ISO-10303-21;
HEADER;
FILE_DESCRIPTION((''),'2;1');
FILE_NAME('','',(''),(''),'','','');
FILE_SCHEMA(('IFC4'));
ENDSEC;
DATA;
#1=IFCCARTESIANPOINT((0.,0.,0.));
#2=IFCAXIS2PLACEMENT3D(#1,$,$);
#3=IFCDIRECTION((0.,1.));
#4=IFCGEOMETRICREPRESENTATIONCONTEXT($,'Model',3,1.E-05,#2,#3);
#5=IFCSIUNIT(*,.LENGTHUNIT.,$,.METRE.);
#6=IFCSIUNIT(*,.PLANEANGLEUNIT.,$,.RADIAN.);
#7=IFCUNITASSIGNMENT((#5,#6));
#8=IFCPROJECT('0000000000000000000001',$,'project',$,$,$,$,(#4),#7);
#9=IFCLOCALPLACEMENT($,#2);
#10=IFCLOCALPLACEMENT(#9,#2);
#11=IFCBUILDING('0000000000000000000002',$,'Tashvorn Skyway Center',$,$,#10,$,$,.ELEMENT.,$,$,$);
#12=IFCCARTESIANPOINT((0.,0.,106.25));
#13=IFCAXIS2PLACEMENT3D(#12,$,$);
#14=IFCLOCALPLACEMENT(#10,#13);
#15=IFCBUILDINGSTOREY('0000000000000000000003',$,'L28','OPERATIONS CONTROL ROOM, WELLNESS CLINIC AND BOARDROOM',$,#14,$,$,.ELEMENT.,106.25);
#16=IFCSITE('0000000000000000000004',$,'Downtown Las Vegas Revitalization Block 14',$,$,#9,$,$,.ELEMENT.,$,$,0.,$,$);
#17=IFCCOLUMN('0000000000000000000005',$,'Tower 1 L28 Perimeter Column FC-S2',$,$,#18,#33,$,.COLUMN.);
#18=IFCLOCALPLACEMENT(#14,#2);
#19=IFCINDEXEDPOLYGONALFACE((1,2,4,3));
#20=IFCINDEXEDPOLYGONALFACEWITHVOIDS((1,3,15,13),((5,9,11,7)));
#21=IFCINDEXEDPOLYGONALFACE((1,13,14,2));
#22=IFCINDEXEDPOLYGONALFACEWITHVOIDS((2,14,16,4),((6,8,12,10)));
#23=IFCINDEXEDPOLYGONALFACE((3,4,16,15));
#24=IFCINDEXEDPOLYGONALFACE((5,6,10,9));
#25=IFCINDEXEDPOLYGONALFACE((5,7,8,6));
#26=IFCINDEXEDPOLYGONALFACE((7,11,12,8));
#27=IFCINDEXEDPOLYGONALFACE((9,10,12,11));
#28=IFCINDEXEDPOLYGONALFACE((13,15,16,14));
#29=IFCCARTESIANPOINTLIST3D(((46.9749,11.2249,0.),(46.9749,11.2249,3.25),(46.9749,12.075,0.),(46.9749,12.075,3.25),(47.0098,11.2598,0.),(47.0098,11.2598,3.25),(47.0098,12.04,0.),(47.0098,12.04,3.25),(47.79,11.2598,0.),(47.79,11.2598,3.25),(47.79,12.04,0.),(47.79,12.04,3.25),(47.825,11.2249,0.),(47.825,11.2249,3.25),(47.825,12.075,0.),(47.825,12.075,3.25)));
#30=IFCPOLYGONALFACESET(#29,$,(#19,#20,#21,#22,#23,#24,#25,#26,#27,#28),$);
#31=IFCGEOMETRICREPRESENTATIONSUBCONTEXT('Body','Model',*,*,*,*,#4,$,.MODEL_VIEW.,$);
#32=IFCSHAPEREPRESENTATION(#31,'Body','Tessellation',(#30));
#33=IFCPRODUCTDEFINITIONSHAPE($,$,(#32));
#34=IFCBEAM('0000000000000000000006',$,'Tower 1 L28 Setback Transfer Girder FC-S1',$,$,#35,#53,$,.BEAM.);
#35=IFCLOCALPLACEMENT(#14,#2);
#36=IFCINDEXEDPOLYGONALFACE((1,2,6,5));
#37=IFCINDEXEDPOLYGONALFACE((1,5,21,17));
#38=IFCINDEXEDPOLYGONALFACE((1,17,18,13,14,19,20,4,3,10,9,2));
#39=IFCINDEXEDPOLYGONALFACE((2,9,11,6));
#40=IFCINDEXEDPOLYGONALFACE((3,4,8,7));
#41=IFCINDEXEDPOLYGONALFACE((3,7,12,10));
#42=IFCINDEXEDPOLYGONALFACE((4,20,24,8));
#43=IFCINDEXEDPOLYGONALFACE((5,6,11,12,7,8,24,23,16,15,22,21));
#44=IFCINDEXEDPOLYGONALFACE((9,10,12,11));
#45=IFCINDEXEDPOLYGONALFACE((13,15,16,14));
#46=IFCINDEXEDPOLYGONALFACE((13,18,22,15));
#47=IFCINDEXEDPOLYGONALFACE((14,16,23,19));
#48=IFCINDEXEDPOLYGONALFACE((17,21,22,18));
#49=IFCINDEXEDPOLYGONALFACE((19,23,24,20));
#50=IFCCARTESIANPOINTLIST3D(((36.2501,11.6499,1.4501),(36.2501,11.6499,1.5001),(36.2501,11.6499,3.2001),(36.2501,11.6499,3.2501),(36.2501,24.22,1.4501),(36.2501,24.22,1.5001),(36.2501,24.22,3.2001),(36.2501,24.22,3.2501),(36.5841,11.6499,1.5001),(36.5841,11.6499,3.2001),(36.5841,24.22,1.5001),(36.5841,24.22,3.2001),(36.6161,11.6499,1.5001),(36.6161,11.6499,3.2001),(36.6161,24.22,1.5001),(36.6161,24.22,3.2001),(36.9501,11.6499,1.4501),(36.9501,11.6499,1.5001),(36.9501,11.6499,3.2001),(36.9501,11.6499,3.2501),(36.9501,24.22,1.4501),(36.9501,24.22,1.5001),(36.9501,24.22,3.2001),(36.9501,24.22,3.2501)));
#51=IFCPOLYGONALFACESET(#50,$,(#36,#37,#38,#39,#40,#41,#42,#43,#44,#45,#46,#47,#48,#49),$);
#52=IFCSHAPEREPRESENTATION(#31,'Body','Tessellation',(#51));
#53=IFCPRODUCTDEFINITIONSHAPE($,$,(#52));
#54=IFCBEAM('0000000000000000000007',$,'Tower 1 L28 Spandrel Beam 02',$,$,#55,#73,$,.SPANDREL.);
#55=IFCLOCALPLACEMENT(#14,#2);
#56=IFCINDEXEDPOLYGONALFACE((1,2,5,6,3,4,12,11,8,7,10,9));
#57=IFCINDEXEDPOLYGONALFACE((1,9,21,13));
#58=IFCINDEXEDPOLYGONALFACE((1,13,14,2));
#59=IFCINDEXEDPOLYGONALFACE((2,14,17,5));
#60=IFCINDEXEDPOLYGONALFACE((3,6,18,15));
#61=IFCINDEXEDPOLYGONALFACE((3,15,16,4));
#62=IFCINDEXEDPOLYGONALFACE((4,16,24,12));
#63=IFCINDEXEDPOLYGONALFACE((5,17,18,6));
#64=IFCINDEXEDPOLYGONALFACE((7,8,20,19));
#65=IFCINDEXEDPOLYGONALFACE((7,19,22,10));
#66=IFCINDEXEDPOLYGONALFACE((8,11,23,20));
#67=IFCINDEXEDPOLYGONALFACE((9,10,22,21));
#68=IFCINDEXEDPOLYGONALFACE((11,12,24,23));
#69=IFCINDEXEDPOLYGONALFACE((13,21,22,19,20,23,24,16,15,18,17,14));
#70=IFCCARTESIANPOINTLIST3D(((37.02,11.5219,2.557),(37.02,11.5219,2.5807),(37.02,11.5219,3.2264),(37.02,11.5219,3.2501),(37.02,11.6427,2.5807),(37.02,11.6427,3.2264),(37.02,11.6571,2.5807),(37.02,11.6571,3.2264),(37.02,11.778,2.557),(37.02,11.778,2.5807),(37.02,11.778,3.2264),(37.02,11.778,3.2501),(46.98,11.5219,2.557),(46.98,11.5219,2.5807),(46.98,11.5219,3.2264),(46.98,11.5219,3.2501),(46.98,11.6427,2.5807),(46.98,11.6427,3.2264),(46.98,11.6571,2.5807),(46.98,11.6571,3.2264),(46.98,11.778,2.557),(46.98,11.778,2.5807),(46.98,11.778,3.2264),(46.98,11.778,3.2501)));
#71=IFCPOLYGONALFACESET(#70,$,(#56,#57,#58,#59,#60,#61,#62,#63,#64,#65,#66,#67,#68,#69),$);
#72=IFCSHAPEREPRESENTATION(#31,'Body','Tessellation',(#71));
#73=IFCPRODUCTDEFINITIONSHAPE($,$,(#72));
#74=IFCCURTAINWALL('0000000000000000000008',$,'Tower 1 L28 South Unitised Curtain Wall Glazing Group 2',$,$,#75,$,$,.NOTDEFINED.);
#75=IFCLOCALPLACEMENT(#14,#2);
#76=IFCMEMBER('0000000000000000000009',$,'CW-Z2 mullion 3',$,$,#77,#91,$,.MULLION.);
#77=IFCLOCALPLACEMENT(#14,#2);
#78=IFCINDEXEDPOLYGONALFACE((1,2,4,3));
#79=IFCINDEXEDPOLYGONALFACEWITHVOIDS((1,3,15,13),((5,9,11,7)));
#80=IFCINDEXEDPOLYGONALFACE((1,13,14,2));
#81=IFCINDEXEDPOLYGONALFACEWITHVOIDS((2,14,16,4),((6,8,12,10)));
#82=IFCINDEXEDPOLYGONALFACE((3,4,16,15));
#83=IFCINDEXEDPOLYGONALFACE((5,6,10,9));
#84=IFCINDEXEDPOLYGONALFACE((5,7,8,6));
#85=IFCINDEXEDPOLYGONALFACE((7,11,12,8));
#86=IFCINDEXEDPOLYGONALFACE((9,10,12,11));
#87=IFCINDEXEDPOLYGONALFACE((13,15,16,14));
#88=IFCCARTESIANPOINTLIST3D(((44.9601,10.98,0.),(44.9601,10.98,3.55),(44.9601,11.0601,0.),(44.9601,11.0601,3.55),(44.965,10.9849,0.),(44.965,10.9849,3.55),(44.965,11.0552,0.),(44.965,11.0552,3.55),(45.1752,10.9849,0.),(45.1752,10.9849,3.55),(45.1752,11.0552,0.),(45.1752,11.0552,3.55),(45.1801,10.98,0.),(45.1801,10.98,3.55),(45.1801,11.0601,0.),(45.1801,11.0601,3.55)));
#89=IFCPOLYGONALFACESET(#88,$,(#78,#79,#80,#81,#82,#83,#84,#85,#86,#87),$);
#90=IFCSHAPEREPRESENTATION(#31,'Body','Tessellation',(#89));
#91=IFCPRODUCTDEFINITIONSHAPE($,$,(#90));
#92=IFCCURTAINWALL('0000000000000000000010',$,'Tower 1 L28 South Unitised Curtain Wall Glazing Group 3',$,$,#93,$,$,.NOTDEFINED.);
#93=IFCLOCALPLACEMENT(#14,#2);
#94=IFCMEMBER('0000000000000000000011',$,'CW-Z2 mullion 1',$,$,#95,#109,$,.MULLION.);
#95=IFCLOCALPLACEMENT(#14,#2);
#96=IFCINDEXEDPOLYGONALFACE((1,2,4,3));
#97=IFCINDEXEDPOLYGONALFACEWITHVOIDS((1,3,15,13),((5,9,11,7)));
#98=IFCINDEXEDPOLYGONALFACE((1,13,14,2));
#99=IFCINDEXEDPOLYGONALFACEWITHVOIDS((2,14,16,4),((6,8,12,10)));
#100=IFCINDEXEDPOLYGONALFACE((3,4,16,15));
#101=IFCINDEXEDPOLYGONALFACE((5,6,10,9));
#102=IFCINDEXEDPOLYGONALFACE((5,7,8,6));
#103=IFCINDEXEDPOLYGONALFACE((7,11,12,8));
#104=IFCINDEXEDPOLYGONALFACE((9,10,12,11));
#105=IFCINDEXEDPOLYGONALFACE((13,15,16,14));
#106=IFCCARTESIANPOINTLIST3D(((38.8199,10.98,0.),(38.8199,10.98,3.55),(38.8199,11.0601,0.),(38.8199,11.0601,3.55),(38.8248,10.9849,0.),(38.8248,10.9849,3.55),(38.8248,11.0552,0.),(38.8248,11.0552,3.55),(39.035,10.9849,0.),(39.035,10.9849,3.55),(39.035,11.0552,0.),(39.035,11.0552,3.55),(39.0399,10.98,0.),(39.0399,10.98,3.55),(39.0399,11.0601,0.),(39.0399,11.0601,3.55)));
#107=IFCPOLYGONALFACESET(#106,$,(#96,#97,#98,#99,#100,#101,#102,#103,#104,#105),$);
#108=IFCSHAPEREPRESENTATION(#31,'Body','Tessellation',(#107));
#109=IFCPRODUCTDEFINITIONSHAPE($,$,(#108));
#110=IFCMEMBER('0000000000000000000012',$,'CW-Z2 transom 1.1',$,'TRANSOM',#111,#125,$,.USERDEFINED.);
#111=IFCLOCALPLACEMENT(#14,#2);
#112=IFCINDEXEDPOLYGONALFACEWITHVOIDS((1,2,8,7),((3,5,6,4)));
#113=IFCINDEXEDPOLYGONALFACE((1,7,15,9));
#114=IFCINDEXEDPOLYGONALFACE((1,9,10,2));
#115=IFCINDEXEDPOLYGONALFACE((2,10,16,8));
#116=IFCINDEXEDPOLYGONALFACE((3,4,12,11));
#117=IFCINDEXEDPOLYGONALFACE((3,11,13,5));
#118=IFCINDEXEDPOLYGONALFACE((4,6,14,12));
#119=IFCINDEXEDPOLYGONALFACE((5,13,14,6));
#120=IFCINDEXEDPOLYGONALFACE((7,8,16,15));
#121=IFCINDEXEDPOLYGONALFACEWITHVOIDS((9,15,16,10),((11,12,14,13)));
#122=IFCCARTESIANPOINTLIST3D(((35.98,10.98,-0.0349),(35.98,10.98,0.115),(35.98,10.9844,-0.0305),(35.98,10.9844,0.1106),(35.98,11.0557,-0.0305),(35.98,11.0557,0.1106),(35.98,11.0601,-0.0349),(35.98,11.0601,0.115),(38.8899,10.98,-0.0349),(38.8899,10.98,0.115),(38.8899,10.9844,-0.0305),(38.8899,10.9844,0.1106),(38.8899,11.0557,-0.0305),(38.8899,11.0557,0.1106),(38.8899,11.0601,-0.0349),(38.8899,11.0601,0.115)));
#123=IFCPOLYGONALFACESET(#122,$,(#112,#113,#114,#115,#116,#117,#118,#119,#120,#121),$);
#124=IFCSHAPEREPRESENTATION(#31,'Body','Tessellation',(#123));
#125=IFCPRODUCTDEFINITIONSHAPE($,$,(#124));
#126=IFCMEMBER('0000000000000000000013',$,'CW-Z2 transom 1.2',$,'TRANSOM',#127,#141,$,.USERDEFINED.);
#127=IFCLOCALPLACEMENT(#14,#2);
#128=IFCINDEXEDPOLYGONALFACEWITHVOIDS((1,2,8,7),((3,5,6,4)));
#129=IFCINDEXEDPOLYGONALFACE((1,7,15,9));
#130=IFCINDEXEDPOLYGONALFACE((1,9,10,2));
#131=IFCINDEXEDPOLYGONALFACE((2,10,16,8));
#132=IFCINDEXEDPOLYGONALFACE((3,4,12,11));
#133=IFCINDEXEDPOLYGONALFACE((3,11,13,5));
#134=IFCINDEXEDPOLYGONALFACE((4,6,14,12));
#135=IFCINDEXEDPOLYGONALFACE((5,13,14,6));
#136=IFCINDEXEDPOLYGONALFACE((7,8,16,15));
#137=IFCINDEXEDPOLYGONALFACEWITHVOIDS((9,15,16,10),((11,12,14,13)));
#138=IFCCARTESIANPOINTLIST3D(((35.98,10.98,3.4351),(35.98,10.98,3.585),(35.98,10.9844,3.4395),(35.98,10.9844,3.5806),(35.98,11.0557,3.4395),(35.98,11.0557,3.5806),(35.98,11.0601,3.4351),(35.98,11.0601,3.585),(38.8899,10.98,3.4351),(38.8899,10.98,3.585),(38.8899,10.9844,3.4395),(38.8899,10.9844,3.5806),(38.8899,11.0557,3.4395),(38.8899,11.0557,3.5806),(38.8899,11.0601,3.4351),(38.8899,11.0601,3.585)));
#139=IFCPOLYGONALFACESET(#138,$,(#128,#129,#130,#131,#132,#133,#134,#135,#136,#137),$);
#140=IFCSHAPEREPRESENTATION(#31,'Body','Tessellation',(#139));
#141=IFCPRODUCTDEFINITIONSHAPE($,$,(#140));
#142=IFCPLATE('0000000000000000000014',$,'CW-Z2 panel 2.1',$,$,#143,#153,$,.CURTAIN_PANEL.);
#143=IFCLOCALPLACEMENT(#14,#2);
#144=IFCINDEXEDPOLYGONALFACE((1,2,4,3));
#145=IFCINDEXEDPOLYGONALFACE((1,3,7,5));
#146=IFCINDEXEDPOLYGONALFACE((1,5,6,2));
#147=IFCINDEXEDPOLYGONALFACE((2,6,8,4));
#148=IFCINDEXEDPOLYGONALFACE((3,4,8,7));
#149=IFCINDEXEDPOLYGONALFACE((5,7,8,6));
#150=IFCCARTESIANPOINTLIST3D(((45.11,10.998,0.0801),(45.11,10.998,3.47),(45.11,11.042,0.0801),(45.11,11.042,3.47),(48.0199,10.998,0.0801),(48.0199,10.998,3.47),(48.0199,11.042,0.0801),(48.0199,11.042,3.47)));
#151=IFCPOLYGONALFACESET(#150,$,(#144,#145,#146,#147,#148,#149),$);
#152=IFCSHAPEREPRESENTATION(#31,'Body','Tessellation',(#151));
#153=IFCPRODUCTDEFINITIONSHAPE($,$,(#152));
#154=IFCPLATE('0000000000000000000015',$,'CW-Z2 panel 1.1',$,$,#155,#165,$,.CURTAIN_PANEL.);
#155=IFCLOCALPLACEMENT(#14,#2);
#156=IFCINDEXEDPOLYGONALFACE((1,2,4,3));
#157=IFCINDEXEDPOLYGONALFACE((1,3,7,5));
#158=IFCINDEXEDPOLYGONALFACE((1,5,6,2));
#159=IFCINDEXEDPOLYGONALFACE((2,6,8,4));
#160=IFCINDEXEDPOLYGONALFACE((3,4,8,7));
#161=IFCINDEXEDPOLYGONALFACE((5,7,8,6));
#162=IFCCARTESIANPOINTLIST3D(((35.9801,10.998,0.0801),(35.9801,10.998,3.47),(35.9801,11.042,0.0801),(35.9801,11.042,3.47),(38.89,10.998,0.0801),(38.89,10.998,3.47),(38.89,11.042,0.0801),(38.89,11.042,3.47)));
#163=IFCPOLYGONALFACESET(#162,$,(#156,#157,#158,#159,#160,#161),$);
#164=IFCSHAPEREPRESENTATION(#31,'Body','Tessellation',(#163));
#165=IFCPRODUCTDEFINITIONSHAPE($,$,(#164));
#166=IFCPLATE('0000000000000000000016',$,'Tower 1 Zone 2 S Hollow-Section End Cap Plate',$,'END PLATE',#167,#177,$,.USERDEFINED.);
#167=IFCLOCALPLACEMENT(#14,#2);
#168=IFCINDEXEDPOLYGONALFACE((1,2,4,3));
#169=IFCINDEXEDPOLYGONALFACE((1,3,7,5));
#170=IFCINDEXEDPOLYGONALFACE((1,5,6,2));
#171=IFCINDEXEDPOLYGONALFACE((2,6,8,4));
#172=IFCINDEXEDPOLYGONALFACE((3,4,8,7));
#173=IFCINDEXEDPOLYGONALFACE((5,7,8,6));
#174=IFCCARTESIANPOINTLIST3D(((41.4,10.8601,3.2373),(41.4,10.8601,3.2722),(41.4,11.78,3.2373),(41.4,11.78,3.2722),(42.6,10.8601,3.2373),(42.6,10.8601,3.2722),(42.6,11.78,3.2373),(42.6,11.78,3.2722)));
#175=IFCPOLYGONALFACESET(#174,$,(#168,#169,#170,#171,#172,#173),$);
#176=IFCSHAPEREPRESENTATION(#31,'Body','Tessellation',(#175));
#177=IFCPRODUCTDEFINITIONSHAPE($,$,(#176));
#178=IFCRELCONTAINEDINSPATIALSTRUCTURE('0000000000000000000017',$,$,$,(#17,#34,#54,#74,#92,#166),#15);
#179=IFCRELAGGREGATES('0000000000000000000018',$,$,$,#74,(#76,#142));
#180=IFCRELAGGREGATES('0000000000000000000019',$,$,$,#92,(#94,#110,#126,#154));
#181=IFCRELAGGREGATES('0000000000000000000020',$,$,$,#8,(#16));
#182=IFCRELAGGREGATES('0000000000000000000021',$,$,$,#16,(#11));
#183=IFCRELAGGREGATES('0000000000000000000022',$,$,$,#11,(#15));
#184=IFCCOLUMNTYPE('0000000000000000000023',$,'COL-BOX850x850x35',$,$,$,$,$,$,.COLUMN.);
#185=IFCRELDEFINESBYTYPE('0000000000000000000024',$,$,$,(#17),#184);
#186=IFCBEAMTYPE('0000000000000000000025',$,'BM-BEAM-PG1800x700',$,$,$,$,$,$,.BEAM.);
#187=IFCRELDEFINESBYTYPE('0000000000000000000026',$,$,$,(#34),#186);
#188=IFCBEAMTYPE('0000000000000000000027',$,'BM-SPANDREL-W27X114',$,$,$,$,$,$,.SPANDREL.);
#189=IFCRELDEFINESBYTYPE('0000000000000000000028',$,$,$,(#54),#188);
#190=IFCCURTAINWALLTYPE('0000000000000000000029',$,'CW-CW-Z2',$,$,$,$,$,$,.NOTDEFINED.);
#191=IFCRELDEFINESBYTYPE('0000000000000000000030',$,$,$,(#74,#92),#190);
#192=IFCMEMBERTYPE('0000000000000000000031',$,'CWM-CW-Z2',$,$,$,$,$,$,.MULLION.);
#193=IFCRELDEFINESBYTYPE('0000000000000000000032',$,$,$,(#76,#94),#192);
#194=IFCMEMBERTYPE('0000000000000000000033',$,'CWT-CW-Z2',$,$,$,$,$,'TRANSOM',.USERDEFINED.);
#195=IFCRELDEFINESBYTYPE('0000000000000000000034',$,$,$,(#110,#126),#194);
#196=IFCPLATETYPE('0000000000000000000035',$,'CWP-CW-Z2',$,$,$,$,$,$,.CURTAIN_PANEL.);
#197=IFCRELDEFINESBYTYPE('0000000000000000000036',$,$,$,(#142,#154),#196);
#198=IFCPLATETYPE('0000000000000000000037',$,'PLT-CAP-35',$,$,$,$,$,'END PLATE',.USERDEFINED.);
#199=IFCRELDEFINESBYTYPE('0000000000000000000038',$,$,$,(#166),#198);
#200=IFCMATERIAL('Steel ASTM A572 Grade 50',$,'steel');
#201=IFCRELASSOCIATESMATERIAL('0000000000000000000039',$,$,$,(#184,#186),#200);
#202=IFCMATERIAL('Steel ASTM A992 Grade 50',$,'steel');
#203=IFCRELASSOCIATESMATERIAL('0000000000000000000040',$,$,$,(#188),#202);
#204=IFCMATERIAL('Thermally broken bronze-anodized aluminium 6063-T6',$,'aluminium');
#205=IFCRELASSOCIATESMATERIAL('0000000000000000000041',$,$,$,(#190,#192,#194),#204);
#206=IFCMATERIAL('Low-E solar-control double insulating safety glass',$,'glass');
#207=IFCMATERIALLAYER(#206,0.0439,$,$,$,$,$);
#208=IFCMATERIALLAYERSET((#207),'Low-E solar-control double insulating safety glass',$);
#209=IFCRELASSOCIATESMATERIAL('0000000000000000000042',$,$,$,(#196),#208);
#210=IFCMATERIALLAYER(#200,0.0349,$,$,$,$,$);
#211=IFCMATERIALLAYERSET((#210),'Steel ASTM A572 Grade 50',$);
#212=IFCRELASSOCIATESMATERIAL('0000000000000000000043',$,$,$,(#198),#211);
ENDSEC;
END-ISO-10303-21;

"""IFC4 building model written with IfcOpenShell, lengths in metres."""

from ifc_helpers import new_model, si_unit, direction, frame, origin, origin_2d, place, context, subcontext, project, spatial, rectangle, hollow_rectangle, i_section, extrude, material, layer, layer_set, material_profile, profile_set, type_object, element, aggregate, save


model = new_model("IFC4")

# Units and contexts
model_context = context("Model", 3, precision=1e-05, world=origin(), true_north=direction((0.0, 1.0)))
body_context = subcontext(model_context, "Body", "Model", "MODEL_VIEW")
ifc_project = project(units=[si_unit("LENGTHUNIT", "METRE"), si_unit("PLANEANGLEUNIT", "RADIAN")], contexts=[model_context])

# Site, building, storey
site_placement = place(None, origin())
site = spatial("IfcSite", under=ifc_project, at=site_placement, Name="Downtown Las Vegas Revitalization Block 14", CompositionType="ELEMENT", RefElevation=0.0)
building_placement = place(site_placement, origin())
building = spatial("IfcBuilding", under=site, at=building_placement, Name="Tashvorn Skyway Center", CompositionType="ELEMENT")
storey_placement = place(building_placement, frame((0.0, 0.0, 106.25)))
storey = spatial("IfcBuildingStorey", under=building, at=storey_placement, Name="L28", Description="OPERATIONS CONTROL ROOM, WELLNESS CLINIC AND BOARDROOM", CompositionType="ELEMENT", Elevation=106.25)

# Column
ifc_material_1 = material(Name="Steel ASTM A572 Grade 50", Category="steel")
ifc_material_profile_1 = material_profile(ifc_material_1, hollow_rectangle(XDim=0.8501, YDim=0.8501, WallThickness=0.0349, at=origin_2d()), Name="BOX850x850x35")
ifc_profile_set_1 = profile_set([ifc_material_profile_1], Name="Steel ASTM A572 Grade 50")
column_type = type_object("IfcColumnType", Name="COL-BOX850x850x35", PredefinedType="COLUMN", material=ifc_profile_set_1)
column_placement = place(storey_placement, frame((47.3999, 11.6499, 0.0), z_axis=(0.0, 0.0, 1.0), x_axis=(1.0, 0.0, 0.0)))
element("IfcColumn", 1, at=column_placement, inside=storey, type_object=column_type, Name="Tower 1 L28 Perimeter Column FC-S2", PredefinedType="COLUMN", context=body_context, shape_type="SweptSolid", body=[
    extrude(hollow_rectangle(XDim=0.8501, YDim=0.8501, WallThickness=0.0349, at=origin_2d()), origin(), (0.0, 0.0, 1.0), 3.25),
])

# Beams
ifc_material_profile_2 = material_profile(ifc_material_1, i_section(OverallWidth=0.7, OverallDepth=1.8, WebThickness=0.032, FlangeThickness=0.05, at=origin_2d()), Name="PG1800x700")
ifc_profile_set_2 = profile_set([ifc_material_profile_2], Name="Steel ASTM A572 Grade 50")
beam_type_1 = type_object("IfcBeamType", Name="BM-BEAM-PG1800x700", PredefinedType="BEAM", material=ifc_profile_set_2)
beam_1_placement = place(storey_placement, frame((36.6001, 11.6499, 2.3501), z_axis=(0.0, 1.0, 0.0), x_axis=(-1.0, 0.0, 0.0)))
element("IfcBeam", 2, at=beam_1_placement, inside=storey, type_object=beam_type_1, Name="Tower 1 L28 Setback Transfer Girder FC-S1", PredefinedType="BEAM", context=body_context, shape_type="SweptSolid", body=[
    extrude(i_section(OverallWidth=0.7, OverallDepth=1.8, WebThickness=0.032, FlangeThickness=0.05, at=origin_2d()), origin(), (0.0, 0.0, 1.0), 12.5701),
])
ifc_material_2 = material(Name="Steel ASTM A992 Grade 50", Category="steel")
ifc_material_profile_3 = material_profile(ifc_material_2, i_section(OverallWidth=0.2561, OverallDepth=0.6931, WebThickness=0.0144, FlangeThickness=0.0237, at=origin_2d()), Name="W27X114")
ifc_profile_set_3 = profile_set([ifc_material_profile_3], Name="Steel ASTM A992 Grade 50")
beam_type_2 = type_object("IfcBeamType", Name="BM-SPANDREL-W27X114", PredefinedType="SPANDREL", material=ifc_profile_set_3)
beam_2_placement = place(storey_placement, frame((37.02, 11.6499, 2.9036), z_axis=(1.0, 0.0, 0.0), x_axis=(0.0, 1.0, 0.0)))
element("IfcBeam", 3, at=beam_2_placement, inside=storey, type_object=beam_type_2, Name="Tower 1 L28 Spandrel Beam 02", PredefinedType="SPANDREL", context=body_context, shape_type="SweptSolid", body=[
    extrude(i_section(OverallWidth=0.2561, OverallDepth=0.6931, WebThickness=0.0144, FlangeThickness=0.0237, at=origin_2d()), origin(), (0.0, 0.0, 1.0), 9.96),
])

# Curtain wall, member
ifc_material_3 = material(Name="Thermally broken bronze-anodized aluminium 6063-T6", Category="aluminium")
curtain_wall_type = type_object("IfcCurtainWallType", Name="CW-CW-Z2", PredefinedType="NOTDEFINED", material=ifc_material_3)
curtain_wall_1_placement = place(storey_placement, origin())
curtain_wall_1 = element("IfcCurtainWall", 4, at=curtain_wall_1_placement, inside=storey, type_object=curtain_wall_type, Name="Tower 1 L28 South Unitised Curtain Wall Glazing Group 2", PredefinedType="NOTDEFINED")
ifc_material_profile_4 = material_profile(ifc_material_3, hollow_rectangle(XDim=0.0801, YDim=0.22, WallThickness=0.0049, at=origin_2d()), Name="ALU-MULL-80x220")
ifc_profile_set_4 = profile_set([ifc_material_profile_4], Name="Thermally broken bronze-anodized aluminium 6063-T6")
member_type_1 = type_object("IfcMemberType", Name="CWM-CW-Z2", PredefinedType="MULLION", material=ifc_profile_set_4)
member_1_placement = place(storey_placement, frame((45.0701, 11.02, 0.0), z_axis=(0.0, 0.0, 1.0), x_axis=(0.0, -1.0, 0.0)))
member_1 = element("IfcMember", 5, at=member_1_placement, type_object=member_type_1, Name="CW-Z2 mullion 3", PredefinedType="MULLION", context=body_context, shape_type="SweptSolid", body=[
    extrude(hollow_rectangle(XDim=0.0801, YDim=0.22, WallThickness=0.0049, at=origin_2d()), origin(), (0.0, 0.0, 1.0), 3.55),
])

# Curtain wall, members
curtain_wall_2_placement = place(storey_placement, origin())
curtain_wall_2 = element("IfcCurtainWall", 6, at=curtain_wall_2_placement, inside=storey, type_object=curtain_wall_type, Name="Tower 1 L28 South Unitised Curtain Wall Glazing Group 3", PredefinedType="NOTDEFINED")
member_2_placement = place(storey_placement, frame((38.9299, 11.02, 0.0), z_axis=(0.0, 0.0, 1.0), x_axis=(0.0, -1.0, 0.0)))
member_2 = element("IfcMember", 7, at=member_2_placement, type_object=member_type_1, Name="CW-Z2 mullion 1", PredefinedType="MULLION", context=body_context, shape_type="SweptSolid", body=[
    extrude(hollow_rectangle(XDim=0.0801, YDim=0.22, WallThickness=0.0049, at=origin_2d()), origin(), (0.0, 0.0, 1.0), 3.55),
])
ifc_material_profile_5 = material_profile(ifc_material_3, hollow_rectangle(XDim=0.0801, YDim=0.1499, WallThickness=0.0044, at=origin_2d()), Name="ALU-TRAN-80x150")
ifc_profile_set_5 = profile_set([ifc_material_profile_5], Name="Thermally broken bronze-anodized aluminium 6063-T6")
member_type_2 = type_object("IfcMemberType", Name="CWT-CW-Z2", ElementType="TRANSOM", PredefinedType="USERDEFINED", material=ifc_profile_set_5)
member_3_placement = place(storey_placement, frame((38.8899, 11.02, 0.04), z_axis=(-1.0, 0.0, 0.0), x_axis=(0.0, -1.0, 0.0)))
member_3 = element("IfcMember", 8, at=member_3_placement, type_object=member_type_2, Name="CW-Z2 transom 1.1", ObjectType="TRANSOM", PredefinedType="USERDEFINED", context=body_context, shape_type="SweptSolid", body=[
    extrude(hollow_rectangle(XDim=0.0801, YDim=0.1499, WallThickness=0.0044, at=origin_2d()), origin(), (0.0, 0.0, 1.0), 2.9099),
])
member_4_placement = place(storey_placement, frame((38.8899, 11.02, 3.51), z_axis=(-1.0, 0.0, 0.0), x_axis=(0.0, -1.0, 0.0)))
member_4 = element("IfcMember", 9, at=member_4_placement, type_object=member_type_2, Name="CW-Z2 transom 1.2", ObjectType="TRANSOM", PredefinedType="USERDEFINED", context=body_context, shape_type="SweptSolid", body=[
    extrude(hollow_rectangle(XDim=0.0801, YDim=0.1499, WallThickness=0.0044, at=origin_2d()), origin(), (0.0, 0.0, 1.0), 2.9099),
])

# Plates
ifc_material_4 = material(Name="Low-E solar-control double insulating safety glass", Category="glass")
ifc_layer_1 = layer(ifc_material_4, 0.0439)
ifc_layer_set_1 = layer_set([ifc_layer_1], Name="Low-E solar-control double insulating safety glass")
plate_type_1 = type_object("IfcPlateType", Name="CWP-CW-Z2", PredefinedType="CURTAIN_PANEL", material=ifc_layer_set_1)
plate_1_placement = place(storey_placement, frame((46.5649, 11.02, 0.0801), z_axis=(0.0, 0.0, 1.0), x_axis=(-1.0, 0.0, 0.0)))
plate_1 = element("IfcPlate", 10, at=plate_1_placement, type_object=plate_type_1, Name="CW-Z2 panel 2.1", PredefinedType="CURTAIN_PANEL", context=body_context, shape_type="SweptSolid", body=[
    extrude(rectangle(XDim=2.9099, YDim=0.0439, at=origin_2d()), origin(), (0.0, 0.0, 1.0), 3.3899),
])
aggregate(curtain_wall_1, [member_1, plate_1])
plate_2_placement = place(storey_placement, frame((37.4351, 11.02, 0.0801), z_axis=(0.0, 0.0, 1.0), x_axis=(-1.0, 0.0, 0.0)))
plate_2 = element("IfcPlate", 11, at=plate_2_placement, type_object=plate_type_1, Name="CW-Z2 panel 1.1", PredefinedType="CURTAIN_PANEL", context=body_context, shape_type="SweptSolid", body=[
    extrude(rectangle(XDim=2.9099, YDim=0.0439, at=origin_2d()), origin(), (0.0, 0.0, 1.0), 3.3899),
])
aggregate(curtain_wall_2, [member_2, member_3, member_4, plate_2])

# Plate
ifc_layer_2 = layer(ifc_material_1, 0.0349)
ifc_layer_set_2 = layer_set([ifc_layer_2], Name="Steel ASTM A572 Grade 50")
plate_type_2 = type_object("IfcPlateType", Name="PLT-CAP-35", ElementType="END PLATE", PredefinedType="USERDEFINED", material=ifc_layer_set_2)
plate_3_placement = place(storey_placement, frame((42.0, 11.3201, 3.2373), z_axis=(0.0, 0.0, 1.0), x_axis=(1.0, 0.0, 0.0)))
element("IfcPlate", 12, at=plate_3_placement, inside=storey, type_object=plate_type_2, Name="Tower 1 Zone 2 S Hollow-Section End Cap Plate", ObjectType="END PLATE", PredefinedType="USERDEFINED", context=body_context, shape_type="SweptSolid", body=[
    extrude(rectangle(XDim=1.2, YDim=0.9199, at=origin_2d()), origin(), (0.0, 0.0, 1.0), 0.0349),
])

save(model, "model.ifc")
